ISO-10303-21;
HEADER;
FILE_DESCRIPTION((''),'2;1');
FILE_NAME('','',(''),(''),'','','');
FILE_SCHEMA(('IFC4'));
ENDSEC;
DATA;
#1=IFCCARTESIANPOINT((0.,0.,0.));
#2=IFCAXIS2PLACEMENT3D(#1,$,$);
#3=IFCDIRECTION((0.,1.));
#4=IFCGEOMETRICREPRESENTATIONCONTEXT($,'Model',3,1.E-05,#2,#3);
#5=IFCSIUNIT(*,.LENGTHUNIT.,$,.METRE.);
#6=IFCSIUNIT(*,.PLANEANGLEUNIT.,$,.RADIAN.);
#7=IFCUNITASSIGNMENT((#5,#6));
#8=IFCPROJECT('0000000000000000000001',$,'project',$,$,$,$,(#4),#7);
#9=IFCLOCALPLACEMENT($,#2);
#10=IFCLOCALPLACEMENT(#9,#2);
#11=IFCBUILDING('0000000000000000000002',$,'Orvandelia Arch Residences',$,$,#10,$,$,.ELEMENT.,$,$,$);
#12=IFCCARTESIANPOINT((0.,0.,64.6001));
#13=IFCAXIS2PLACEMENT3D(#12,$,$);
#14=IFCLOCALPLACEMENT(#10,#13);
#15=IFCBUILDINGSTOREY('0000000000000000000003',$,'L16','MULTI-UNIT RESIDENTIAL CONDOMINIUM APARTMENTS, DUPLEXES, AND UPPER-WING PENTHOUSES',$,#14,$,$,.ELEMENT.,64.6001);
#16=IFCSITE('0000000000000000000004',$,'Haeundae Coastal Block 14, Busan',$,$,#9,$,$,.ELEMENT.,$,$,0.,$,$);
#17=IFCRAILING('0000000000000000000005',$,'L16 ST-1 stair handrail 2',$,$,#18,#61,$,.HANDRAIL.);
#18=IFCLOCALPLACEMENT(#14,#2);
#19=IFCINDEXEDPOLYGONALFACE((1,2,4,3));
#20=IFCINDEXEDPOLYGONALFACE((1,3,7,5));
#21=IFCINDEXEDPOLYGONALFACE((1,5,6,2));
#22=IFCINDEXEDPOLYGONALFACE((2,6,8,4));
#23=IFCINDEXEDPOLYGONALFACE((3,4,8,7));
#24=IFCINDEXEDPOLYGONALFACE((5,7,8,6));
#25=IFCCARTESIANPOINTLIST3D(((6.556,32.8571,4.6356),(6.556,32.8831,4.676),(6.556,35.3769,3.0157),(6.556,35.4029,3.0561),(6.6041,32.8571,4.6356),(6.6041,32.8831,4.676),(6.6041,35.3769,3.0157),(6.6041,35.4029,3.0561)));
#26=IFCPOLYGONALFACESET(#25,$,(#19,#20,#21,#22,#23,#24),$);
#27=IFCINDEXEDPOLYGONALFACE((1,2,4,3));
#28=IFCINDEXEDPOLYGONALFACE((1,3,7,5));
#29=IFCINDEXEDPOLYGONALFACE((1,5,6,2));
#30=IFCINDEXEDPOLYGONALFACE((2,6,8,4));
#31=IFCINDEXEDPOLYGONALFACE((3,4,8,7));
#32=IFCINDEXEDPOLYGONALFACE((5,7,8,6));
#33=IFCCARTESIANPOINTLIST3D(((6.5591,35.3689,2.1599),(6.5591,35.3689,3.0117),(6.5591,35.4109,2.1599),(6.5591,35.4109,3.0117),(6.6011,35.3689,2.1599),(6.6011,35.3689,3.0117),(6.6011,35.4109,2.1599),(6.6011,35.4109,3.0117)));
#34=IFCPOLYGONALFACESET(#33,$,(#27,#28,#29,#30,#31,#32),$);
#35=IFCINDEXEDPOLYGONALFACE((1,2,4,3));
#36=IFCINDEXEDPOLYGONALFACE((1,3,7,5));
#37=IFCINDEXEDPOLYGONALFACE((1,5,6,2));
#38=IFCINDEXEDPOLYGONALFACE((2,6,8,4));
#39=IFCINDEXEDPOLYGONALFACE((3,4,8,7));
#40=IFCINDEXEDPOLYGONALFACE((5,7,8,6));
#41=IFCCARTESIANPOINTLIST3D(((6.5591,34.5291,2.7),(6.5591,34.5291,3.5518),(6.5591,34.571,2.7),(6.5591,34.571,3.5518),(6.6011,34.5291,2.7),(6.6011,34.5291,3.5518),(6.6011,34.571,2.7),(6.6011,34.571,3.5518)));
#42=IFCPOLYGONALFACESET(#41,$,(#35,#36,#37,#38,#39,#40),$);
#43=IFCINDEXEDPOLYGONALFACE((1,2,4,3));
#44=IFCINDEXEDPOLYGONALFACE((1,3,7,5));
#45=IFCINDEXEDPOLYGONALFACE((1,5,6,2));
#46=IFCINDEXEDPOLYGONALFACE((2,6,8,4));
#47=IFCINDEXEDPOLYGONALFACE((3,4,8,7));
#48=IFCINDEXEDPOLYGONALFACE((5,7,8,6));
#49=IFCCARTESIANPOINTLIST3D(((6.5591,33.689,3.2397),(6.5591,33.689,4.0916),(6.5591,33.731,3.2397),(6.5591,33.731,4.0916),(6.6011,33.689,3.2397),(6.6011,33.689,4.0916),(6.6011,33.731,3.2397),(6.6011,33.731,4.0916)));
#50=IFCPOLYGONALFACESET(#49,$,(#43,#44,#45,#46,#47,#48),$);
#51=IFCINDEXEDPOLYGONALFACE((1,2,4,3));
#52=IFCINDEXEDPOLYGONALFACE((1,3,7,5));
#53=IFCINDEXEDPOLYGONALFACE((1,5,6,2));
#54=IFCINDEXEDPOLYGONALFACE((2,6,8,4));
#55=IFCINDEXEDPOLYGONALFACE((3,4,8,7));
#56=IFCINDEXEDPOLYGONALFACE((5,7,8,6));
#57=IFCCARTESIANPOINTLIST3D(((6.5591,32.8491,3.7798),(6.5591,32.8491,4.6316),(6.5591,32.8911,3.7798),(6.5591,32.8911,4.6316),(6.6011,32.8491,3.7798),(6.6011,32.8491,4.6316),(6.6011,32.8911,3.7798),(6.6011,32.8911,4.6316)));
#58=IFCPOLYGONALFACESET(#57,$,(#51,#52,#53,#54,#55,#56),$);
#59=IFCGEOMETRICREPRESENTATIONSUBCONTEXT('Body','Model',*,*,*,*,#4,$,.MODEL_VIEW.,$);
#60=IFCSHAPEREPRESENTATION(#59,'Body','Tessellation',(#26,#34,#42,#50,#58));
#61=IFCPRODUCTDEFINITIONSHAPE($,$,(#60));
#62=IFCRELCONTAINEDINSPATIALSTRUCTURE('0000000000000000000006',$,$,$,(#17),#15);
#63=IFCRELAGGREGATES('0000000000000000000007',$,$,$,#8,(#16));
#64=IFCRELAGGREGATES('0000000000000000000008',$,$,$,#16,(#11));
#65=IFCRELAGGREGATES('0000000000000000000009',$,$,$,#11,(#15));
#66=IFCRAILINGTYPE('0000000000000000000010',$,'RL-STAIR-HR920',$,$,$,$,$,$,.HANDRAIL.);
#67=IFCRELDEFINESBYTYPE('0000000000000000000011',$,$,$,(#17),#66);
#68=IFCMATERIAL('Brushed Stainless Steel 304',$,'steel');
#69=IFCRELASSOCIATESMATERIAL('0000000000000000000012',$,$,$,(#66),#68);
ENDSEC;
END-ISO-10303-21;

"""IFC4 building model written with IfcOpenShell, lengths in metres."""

from ifc_helpers import new_model, si_unit, direction, frame, origin, origin_2d, place, context, subcontext, project, spatial, rectangle, extrude, material, type_object, element, save


model = new_model("IFC4")

# Units and contexts
model_context = context("Model", 3, precision=1e-05, world=origin(), true_north=direction((0.0, 1.0)))
body_context = subcontext(model_context, "Body", "Model", "MODEL_VIEW")
ifc_project = project(units=[si_unit("LENGTHUNIT", "METRE"), si_unit("PLANEANGLEUNIT", "RADIAN")], contexts=[model_context])

# Site, building, storey
site_placement = place(None, origin())
site = spatial("IfcSite", under=ifc_project, at=site_placement, Name="Haeundae Coastal Block 14, Busan", CompositionType="ELEMENT", RefElevation=0.0)
building_placement = place(site_placement, origin())
building = spatial("IfcBuilding", under=site, at=building_placement, Name="Orvandelia Arch Residences", CompositionType="ELEMENT")
storey_placement = place(building_placement, frame((0.0, 0.0, 64.6001)))
storey = spatial("IfcBuildingStorey", under=building, at=storey_placement, Name="L16", Description="MULTI-UNIT RESIDENTIAL CONDOMINIUM APARTMENTS, DUPLEXES, AND UPPER-WING PENTHOUSES", CompositionType="ELEMENT", Elevation=64.6001)

# Railing
ifc_material_1 = material(Name="Brushed Stainless Steel 304", Category="steel")
railing_type_1 = type_object("IfcRailingType", Name="RL-STAIR-HR920", PredefinedType="HANDRAIL", material=ifc_material_1)
railing_1_placement = place(storey_placement, frame((6.5801, 35.3899, 2.1599)))
element("IfcRailing", 1, at=railing_1_placement, inside=storey, type_object=railing_type_1, Name="L16 ST-1 stair handrail 2", PredefinedType="HANDRAIL", context=body_context, shape_type="SweptSolid", body=[
    extrude(rectangle(XDim=0.0481, YDim=0.0481, at=origin_2d()), frame((0.0, 0.0, 0.876), z_axis=(0.0, -0.841176, 0.540762), x_axis=(1.0, 0.0, 0.0)), (0.0, 0.0, 1.0), 2.9956),
    extrude(rectangle(XDim=0.042, YDim=0.042, at=origin_2d()), origin(), (0.0, 0.0, 1.0), 0.8518),
    extrude(rectangle(XDim=0.042, YDim=0.042, at=origin_2d()), frame((0.0, -0.8398, 0.54)), (0.0, 0.0, 1.0), 0.8518),
    extrude(rectangle(XDim=0.042, YDim=0.042, at=origin_2d()), frame((0.0, -1.6799, 1.0798)), (0.0, 0.0, 1.0), 0.8518),
    extrude(rectangle(XDim=0.042, YDim=0.042, at=origin_2d()), frame((0.0, -2.5198, 1.6199)), (0.0, 0.0, 1.0), 0.8518),
])

save(model, "model.ifc")
